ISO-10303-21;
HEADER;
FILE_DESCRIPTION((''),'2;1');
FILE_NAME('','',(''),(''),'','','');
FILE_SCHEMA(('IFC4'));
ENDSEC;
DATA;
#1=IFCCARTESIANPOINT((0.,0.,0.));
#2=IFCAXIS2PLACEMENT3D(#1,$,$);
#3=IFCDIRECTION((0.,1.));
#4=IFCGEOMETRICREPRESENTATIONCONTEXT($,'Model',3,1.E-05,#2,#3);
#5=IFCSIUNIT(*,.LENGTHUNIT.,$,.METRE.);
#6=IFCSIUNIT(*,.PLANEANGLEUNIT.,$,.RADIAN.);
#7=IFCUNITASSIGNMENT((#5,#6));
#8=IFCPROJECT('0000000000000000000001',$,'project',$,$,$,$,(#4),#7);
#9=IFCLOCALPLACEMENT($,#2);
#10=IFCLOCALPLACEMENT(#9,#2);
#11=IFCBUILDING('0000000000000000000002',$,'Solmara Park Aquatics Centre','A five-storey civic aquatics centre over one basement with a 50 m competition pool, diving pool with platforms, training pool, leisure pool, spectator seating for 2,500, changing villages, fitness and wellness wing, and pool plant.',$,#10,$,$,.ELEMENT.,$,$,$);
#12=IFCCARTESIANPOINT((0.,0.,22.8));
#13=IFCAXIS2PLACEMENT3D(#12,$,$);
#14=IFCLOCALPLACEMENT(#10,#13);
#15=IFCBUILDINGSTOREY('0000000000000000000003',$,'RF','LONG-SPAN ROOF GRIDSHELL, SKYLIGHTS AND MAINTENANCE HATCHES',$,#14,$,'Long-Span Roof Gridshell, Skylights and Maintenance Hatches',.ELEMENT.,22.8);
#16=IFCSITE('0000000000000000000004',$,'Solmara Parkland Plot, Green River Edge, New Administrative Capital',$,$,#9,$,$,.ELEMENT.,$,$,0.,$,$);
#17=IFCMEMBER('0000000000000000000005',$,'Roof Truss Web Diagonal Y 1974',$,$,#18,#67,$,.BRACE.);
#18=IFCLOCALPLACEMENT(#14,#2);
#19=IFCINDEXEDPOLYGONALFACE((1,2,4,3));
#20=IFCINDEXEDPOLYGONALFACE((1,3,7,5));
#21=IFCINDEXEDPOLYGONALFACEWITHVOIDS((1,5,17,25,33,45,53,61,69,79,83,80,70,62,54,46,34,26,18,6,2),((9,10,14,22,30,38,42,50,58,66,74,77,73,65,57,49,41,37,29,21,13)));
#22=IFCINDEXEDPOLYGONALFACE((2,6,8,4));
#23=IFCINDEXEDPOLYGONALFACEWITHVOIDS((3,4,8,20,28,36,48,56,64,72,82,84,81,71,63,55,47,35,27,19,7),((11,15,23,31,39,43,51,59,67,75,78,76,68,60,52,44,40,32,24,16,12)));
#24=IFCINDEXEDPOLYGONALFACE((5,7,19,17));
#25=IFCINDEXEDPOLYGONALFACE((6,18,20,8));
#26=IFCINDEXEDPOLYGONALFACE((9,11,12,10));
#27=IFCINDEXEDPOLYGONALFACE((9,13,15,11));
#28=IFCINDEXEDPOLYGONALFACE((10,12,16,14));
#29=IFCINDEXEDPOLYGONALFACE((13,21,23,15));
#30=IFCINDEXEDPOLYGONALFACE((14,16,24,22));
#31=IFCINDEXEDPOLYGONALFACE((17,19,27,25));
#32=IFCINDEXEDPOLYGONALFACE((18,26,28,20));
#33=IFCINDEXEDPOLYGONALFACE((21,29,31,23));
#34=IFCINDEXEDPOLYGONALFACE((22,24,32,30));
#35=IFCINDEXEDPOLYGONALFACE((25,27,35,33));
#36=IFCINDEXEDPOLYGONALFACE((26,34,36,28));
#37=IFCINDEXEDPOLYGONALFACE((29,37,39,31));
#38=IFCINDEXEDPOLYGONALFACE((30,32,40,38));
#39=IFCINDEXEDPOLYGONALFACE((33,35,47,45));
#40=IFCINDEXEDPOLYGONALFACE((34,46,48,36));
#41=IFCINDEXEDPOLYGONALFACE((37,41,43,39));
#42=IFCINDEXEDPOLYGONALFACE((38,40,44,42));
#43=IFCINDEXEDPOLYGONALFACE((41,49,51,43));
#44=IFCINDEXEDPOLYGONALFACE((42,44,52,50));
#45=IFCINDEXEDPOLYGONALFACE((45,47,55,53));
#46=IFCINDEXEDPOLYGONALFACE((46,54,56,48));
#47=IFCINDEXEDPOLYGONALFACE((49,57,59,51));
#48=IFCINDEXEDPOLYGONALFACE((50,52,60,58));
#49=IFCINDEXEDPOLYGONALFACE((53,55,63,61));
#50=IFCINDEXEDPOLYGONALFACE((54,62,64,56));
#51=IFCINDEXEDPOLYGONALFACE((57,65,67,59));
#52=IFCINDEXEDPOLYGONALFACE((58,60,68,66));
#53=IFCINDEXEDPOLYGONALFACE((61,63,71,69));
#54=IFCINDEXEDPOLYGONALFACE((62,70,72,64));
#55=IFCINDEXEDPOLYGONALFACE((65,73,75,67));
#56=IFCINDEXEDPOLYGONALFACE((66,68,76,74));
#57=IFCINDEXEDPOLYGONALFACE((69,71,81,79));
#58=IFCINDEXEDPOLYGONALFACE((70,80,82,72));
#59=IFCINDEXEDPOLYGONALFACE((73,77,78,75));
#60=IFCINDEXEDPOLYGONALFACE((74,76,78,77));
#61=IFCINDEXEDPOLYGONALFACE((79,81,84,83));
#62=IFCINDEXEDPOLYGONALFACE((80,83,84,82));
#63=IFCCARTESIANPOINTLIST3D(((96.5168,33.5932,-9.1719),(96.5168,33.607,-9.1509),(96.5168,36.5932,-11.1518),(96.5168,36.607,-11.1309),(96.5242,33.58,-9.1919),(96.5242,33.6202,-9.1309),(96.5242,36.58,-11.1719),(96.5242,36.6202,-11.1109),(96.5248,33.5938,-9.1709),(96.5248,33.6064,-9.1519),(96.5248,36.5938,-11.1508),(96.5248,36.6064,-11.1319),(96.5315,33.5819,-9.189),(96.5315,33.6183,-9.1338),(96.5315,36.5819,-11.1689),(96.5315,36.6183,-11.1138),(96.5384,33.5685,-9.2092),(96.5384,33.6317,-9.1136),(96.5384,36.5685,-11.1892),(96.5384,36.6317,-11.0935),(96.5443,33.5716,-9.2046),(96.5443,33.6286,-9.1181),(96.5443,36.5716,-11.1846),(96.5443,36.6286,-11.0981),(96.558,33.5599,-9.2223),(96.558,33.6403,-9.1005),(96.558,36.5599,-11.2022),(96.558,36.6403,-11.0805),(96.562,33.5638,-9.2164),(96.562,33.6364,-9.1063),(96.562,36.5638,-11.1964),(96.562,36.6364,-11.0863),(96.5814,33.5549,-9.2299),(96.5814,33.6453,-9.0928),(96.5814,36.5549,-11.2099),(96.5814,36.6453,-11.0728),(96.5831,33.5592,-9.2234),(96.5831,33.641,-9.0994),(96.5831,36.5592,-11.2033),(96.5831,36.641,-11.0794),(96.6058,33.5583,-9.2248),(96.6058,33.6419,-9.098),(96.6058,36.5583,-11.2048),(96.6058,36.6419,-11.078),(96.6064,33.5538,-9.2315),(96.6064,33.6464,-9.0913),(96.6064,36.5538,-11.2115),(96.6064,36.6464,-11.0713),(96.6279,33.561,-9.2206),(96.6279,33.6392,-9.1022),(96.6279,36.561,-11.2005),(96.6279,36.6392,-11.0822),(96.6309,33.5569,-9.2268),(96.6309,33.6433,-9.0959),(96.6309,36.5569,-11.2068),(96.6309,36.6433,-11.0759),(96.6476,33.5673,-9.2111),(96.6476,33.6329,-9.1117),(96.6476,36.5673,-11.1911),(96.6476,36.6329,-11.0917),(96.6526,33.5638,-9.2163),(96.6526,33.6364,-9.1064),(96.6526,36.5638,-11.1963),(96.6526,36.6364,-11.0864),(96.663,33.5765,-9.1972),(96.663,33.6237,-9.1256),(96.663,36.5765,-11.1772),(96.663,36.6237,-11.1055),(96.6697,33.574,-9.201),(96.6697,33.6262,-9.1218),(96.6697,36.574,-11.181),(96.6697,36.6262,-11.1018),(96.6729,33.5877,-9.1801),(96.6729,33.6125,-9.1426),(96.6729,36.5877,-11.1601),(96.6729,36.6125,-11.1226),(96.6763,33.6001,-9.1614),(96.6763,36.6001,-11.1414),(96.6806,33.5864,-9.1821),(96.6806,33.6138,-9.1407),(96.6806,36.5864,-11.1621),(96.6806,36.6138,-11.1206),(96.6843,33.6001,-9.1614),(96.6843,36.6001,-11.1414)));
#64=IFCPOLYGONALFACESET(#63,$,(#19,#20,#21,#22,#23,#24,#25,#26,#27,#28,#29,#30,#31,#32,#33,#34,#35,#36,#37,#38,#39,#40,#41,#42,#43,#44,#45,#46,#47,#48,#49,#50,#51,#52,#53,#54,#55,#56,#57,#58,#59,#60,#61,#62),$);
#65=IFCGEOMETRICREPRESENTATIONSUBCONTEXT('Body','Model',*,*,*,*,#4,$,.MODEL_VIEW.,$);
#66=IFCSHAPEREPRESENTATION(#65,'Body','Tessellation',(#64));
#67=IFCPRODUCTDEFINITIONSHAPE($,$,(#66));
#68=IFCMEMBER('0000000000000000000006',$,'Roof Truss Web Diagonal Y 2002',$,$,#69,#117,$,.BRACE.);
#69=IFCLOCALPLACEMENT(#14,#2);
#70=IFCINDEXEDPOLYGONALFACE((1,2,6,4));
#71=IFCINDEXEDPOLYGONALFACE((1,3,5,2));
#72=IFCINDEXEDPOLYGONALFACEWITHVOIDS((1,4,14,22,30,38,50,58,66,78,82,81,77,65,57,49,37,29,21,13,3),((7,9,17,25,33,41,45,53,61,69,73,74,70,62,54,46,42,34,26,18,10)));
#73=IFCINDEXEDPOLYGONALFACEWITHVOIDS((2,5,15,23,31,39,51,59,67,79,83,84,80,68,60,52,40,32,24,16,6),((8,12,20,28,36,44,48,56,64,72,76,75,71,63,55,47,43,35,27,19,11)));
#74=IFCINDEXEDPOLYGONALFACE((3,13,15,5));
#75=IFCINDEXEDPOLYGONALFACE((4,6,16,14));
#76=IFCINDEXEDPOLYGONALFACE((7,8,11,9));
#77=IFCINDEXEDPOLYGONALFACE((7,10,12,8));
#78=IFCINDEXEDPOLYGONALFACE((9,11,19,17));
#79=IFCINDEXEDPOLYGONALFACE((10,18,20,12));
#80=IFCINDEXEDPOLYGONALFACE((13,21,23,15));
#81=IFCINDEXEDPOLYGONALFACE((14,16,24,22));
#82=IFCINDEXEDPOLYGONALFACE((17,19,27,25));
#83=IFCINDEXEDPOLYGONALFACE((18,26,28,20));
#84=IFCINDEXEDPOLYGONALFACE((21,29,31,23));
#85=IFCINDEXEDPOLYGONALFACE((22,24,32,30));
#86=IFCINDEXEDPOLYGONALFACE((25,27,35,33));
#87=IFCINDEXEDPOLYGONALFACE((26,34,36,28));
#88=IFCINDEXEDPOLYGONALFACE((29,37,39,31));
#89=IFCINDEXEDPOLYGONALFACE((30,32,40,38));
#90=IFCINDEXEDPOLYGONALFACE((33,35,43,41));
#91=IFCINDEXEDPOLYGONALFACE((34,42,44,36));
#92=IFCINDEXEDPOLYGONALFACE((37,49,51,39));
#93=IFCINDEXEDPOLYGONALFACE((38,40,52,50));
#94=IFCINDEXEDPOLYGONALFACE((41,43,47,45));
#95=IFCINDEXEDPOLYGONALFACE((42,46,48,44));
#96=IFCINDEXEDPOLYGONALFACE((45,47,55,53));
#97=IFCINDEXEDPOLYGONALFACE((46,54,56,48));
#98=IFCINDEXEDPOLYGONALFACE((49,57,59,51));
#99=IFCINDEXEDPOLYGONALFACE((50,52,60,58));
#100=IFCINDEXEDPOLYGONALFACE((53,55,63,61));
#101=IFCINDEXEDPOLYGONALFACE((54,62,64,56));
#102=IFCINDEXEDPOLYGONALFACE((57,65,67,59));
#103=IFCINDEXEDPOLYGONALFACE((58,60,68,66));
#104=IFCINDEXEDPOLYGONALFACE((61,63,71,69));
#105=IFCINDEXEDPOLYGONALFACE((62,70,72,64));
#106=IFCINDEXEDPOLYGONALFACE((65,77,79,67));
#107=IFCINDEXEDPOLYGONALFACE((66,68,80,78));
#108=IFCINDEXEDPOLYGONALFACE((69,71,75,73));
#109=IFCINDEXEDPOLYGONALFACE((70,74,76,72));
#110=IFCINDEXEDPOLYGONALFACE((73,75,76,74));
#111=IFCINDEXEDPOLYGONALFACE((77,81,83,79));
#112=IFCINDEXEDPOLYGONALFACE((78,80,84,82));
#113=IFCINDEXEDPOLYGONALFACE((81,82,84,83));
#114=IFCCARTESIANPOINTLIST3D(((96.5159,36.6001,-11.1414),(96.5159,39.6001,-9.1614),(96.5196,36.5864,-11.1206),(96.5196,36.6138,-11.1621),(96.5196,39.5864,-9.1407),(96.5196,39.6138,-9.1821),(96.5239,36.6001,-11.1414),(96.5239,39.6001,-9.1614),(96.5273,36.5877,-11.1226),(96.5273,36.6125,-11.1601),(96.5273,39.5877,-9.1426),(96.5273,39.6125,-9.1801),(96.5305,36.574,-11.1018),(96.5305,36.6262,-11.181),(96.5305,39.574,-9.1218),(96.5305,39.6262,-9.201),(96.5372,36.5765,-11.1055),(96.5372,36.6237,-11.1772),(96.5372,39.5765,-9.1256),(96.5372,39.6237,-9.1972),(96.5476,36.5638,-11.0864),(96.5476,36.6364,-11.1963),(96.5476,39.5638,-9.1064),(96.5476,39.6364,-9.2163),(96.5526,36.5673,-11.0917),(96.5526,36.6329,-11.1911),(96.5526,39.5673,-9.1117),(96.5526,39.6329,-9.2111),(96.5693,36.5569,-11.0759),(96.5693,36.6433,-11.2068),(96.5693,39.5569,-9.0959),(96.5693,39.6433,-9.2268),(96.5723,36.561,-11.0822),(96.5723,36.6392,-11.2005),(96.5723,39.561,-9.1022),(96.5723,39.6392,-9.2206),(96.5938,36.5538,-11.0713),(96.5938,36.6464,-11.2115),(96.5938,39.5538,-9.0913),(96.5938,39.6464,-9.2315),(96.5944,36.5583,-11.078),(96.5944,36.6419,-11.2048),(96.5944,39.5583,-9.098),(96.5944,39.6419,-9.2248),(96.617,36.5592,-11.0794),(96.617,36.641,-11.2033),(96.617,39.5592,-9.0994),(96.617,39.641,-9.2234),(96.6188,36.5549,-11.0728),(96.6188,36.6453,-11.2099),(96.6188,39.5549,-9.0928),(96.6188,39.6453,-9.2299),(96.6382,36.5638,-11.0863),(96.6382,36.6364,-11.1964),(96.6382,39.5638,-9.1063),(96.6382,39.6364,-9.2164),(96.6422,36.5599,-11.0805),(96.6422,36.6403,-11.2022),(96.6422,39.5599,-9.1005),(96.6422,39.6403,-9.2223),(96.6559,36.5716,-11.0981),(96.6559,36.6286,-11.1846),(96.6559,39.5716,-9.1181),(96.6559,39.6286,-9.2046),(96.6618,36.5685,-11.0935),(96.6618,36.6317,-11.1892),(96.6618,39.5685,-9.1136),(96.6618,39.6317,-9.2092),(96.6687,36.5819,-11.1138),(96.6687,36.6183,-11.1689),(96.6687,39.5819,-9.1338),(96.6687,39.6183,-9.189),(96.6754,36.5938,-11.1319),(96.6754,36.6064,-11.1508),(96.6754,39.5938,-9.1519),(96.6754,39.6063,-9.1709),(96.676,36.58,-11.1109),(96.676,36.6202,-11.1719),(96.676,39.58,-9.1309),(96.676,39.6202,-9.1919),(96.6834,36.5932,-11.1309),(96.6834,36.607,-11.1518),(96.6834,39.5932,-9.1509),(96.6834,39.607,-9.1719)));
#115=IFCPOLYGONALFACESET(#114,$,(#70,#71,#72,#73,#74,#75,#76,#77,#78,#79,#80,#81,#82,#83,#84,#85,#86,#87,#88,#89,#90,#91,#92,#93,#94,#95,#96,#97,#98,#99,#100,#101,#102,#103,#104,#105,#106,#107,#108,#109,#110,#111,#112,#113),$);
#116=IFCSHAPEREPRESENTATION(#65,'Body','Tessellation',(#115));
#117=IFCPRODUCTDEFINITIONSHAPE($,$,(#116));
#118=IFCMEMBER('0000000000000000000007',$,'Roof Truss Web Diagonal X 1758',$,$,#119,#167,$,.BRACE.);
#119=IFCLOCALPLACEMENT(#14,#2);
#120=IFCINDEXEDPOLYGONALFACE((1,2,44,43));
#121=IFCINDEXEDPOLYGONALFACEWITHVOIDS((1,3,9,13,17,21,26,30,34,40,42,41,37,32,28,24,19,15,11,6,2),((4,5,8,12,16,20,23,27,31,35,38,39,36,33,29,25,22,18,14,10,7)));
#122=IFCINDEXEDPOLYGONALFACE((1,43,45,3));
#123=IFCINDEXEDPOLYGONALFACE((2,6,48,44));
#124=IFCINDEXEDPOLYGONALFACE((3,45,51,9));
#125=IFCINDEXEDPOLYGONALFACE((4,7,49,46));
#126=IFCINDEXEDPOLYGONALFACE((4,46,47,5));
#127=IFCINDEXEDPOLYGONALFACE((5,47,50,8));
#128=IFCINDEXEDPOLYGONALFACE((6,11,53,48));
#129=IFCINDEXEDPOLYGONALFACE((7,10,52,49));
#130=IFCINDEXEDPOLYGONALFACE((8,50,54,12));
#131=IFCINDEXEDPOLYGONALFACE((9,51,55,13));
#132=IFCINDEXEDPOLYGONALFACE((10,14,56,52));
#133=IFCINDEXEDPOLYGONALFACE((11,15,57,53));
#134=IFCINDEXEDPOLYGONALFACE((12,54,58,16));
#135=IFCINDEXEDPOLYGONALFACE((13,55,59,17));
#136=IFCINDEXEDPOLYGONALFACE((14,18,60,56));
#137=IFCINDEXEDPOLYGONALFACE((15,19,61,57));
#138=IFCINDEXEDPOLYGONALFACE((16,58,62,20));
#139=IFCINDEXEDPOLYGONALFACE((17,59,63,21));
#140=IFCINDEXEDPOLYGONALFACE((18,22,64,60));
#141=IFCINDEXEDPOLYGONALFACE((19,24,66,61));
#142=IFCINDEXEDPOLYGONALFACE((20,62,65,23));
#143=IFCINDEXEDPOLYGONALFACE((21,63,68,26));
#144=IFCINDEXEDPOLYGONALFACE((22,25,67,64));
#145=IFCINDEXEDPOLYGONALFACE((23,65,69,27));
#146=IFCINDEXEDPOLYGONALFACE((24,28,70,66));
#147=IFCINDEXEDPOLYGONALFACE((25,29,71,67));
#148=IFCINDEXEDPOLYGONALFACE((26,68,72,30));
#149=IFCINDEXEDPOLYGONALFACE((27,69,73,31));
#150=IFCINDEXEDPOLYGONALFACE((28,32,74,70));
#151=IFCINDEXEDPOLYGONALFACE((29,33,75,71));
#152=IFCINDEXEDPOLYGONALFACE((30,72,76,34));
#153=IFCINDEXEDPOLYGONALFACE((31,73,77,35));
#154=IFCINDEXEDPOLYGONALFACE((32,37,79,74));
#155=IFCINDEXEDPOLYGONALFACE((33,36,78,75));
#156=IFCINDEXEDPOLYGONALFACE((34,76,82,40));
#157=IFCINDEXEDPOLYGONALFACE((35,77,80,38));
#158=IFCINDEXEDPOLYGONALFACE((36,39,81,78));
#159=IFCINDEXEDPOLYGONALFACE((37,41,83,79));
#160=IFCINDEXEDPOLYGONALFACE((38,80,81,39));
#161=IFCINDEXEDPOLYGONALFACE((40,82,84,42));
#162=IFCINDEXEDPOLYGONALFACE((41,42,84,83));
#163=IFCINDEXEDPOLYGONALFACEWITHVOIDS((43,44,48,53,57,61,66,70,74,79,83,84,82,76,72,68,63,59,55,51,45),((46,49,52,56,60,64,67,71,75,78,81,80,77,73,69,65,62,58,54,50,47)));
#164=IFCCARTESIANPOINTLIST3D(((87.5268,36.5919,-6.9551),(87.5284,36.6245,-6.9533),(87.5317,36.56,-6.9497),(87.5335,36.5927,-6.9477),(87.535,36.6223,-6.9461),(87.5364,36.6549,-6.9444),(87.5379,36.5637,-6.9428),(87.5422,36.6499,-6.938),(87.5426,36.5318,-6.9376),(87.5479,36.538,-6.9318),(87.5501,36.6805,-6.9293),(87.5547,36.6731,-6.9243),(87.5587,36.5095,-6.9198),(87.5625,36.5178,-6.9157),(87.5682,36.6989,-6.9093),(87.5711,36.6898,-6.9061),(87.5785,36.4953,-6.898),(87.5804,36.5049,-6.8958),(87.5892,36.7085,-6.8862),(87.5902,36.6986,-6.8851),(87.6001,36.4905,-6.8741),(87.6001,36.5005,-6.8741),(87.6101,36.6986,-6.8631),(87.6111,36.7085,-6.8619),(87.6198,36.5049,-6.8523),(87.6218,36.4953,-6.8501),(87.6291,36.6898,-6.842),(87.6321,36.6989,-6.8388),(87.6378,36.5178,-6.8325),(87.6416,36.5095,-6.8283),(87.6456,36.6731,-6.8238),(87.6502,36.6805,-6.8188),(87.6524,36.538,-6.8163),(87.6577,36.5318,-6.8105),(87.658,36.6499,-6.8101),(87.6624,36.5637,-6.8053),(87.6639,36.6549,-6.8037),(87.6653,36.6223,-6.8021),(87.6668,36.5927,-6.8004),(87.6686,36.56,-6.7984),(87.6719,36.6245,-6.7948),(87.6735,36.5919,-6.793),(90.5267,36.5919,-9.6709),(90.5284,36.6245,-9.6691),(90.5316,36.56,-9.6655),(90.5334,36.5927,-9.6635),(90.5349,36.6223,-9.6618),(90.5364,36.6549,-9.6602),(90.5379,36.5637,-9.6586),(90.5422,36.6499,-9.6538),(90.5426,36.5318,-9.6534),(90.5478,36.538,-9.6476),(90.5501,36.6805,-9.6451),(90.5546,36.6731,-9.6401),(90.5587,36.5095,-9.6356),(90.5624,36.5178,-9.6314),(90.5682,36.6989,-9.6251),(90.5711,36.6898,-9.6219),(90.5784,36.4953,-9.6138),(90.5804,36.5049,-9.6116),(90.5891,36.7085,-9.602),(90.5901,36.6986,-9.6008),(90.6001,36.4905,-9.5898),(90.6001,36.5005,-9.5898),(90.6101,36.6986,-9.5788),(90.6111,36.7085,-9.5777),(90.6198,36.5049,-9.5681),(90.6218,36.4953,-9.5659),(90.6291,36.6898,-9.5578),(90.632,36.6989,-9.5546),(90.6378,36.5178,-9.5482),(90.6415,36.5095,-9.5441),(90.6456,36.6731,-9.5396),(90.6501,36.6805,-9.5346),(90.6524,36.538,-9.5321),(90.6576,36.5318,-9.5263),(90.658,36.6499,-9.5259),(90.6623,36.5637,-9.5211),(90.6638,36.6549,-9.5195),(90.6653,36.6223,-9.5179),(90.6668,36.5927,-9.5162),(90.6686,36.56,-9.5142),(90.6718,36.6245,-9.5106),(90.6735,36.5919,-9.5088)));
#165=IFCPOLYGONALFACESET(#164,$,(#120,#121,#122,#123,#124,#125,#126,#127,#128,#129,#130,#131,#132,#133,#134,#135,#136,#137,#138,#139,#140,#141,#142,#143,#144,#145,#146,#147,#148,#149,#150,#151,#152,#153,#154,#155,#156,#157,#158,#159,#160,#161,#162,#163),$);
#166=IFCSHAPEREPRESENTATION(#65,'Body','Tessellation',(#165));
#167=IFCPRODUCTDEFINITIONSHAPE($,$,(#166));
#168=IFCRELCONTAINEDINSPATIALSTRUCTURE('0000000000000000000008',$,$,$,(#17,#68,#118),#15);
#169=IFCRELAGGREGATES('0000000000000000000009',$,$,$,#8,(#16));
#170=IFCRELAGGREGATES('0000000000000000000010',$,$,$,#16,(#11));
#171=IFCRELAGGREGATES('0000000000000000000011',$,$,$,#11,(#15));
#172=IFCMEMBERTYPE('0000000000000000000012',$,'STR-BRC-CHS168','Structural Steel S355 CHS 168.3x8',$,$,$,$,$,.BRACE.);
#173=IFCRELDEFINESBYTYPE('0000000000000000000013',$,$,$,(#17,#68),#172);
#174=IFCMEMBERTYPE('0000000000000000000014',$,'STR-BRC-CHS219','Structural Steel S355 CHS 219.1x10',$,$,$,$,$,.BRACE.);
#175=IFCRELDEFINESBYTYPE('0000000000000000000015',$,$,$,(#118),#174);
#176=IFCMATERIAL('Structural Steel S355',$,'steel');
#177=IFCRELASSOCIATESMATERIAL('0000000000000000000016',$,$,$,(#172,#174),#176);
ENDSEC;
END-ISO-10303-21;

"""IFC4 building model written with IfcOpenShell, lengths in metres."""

from ifc_helpers import new_model, si_unit, direction, frame, origin, origin_2d, place, context, subcontext, project, spatial, hollow_circle, extrude, material, material_profile, profile_set, type_object, element, save


model = new_model("IFC4")

# Units and contexts
model_context = context("Model", 3, precision=1e-05, world=origin(), true_north=direction((0.0, 1.0)))
body_context = subcontext(model_context, "Body", "Model", "MODEL_VIEW")
ifc_project = project(units=[si_unit("LENGTHUNIT", "METRE"), si_unit("PLANEANGLEUNIT", "RADIAN")], contexts=[model_context])

# Site, building, storey
site_placement = place(None, origin())
site = spatial("IfcSite", under=ifc_project, at=site_placement, Name="Solmara Parkland Plot, Green River Edge, New Administrative Capital", CompositionType="ELEMENT", RefElevation=0.0)
building_placement = place(site_placement, origin())
building = spatial("IfcBuilding", under=site, at=building_placement, Name="Solmara Park Aquatics Centre", Description="A five-storey civic aquatics centre over one basement with a 50 m competition pool, diving pool with platforms, training pool, leisure pool, spectator seating for 2,500, changing villages, fitness and wellness wing, and pool plant.", CompositionType="ELEMENT")
storey_placement = place(building_placement, frame((0.0, 0.0, 22.8)))
storey = spatial("IfcBuildingStorey", under=building, at=storey_placement, Name="RF", Description="LONG-SPAN ROOF GRIDSHELL, SKYLIGHTS AND MAINTENANCE HATCHES", LongName="Long-Span Roof Gridshell, Skylights and Maintenance Hatches", CompositionType="ELEMENT", Elevation=22.8)

# Members
ifc_material_1 = material(Name="Structural Steel S355", Category="steel")
ifc_material_profile_1 = material_profile(ifc_material_1, hollow_circle(Radius=0.0842, WallThickness=0.0081, at=origin_2d()), Name="CHS 168.3x8")
ifc_profile_set_1 = profile_set([ifc_material_profile_1], Name="Structural Steel S355")
member_type_1 = type_object("IfcMemberType", Name="STR-BRC-CHS168", Description="Structural Steel S355 CHS 168.3x8", PredefinedType="BRACE", material=ifc_profile_set_1)
for number, where, z_axis, x_axis, name in (
    (1, (96.6001, 36.6001, -11.1414), (0.0, -0.834612, 0.550838), (1.0, 0.0, 0.0), "Roof Truss Web Diagonal Y 1974"),
    (2, (96.6001, 36.6001, -11.1414), (0.0, 0.834612, 0.550838), (-1.0, 0.0, 0.0), "Roof Truss Web Diagonal Y 2002"),
):
    element("IfcMember", number, at=place(storey_placement, frame(where, z_axis=z_axis, x_axis=x_axis)), inside=storey, type_object=member_type_1, Name=name, PredefinedType="BRACE", context=body_context, shape_type="SweptSolid", body=[
        extrude(hollow_circle(Radius=0.0842, WallThickness=0.0081, at=origin_2d()), origin(), (0.0, 0.0, 1.0), 3.5945),
    ])
ifc_material_profile_2 = material_profile(ifc_material_1, hollow_circle(Radius=0.1096, WallThickness=0.01, at=origin_2d()), Name="CHS 219.1x10")
ifc_profile_set_2 = profile_set([ifc_material_profile_2], Name="Structural Steel S355")
member_type_2 = type_object("IfcMemberType", Name="STR-BRC-CHS219", Description="Structural Steel S355 CHS 219.1x10", PredefinedType="BRACE", material=ifc_profile_set_2)
for number, where, z_axis, x_axis, name in (
    (3, (90.6001, 36.6001, -9.5898), (-0.741347, 0.0, 0.671122), (0.0, -1.0, 0.0), "Roof Truss Web Diagonal X 1758"),
):
    element("IfcMember", number, at=place(storey_placement, frame(where, z_axis=z_axis, x_axis=x_axis)), inside=storey, type_object=member_type_2, Name=name, PredefinedType="BRACE", context=body_context, shape_type="SweptSolid", body=[
        extrude(hollow_circle(Radius=0.1096, WallThickness=0.01, at=origin_2d()), origin(), (0.0, 0.0, 1.0), 4.0466),
    ])

save(model, "model.ifc")
